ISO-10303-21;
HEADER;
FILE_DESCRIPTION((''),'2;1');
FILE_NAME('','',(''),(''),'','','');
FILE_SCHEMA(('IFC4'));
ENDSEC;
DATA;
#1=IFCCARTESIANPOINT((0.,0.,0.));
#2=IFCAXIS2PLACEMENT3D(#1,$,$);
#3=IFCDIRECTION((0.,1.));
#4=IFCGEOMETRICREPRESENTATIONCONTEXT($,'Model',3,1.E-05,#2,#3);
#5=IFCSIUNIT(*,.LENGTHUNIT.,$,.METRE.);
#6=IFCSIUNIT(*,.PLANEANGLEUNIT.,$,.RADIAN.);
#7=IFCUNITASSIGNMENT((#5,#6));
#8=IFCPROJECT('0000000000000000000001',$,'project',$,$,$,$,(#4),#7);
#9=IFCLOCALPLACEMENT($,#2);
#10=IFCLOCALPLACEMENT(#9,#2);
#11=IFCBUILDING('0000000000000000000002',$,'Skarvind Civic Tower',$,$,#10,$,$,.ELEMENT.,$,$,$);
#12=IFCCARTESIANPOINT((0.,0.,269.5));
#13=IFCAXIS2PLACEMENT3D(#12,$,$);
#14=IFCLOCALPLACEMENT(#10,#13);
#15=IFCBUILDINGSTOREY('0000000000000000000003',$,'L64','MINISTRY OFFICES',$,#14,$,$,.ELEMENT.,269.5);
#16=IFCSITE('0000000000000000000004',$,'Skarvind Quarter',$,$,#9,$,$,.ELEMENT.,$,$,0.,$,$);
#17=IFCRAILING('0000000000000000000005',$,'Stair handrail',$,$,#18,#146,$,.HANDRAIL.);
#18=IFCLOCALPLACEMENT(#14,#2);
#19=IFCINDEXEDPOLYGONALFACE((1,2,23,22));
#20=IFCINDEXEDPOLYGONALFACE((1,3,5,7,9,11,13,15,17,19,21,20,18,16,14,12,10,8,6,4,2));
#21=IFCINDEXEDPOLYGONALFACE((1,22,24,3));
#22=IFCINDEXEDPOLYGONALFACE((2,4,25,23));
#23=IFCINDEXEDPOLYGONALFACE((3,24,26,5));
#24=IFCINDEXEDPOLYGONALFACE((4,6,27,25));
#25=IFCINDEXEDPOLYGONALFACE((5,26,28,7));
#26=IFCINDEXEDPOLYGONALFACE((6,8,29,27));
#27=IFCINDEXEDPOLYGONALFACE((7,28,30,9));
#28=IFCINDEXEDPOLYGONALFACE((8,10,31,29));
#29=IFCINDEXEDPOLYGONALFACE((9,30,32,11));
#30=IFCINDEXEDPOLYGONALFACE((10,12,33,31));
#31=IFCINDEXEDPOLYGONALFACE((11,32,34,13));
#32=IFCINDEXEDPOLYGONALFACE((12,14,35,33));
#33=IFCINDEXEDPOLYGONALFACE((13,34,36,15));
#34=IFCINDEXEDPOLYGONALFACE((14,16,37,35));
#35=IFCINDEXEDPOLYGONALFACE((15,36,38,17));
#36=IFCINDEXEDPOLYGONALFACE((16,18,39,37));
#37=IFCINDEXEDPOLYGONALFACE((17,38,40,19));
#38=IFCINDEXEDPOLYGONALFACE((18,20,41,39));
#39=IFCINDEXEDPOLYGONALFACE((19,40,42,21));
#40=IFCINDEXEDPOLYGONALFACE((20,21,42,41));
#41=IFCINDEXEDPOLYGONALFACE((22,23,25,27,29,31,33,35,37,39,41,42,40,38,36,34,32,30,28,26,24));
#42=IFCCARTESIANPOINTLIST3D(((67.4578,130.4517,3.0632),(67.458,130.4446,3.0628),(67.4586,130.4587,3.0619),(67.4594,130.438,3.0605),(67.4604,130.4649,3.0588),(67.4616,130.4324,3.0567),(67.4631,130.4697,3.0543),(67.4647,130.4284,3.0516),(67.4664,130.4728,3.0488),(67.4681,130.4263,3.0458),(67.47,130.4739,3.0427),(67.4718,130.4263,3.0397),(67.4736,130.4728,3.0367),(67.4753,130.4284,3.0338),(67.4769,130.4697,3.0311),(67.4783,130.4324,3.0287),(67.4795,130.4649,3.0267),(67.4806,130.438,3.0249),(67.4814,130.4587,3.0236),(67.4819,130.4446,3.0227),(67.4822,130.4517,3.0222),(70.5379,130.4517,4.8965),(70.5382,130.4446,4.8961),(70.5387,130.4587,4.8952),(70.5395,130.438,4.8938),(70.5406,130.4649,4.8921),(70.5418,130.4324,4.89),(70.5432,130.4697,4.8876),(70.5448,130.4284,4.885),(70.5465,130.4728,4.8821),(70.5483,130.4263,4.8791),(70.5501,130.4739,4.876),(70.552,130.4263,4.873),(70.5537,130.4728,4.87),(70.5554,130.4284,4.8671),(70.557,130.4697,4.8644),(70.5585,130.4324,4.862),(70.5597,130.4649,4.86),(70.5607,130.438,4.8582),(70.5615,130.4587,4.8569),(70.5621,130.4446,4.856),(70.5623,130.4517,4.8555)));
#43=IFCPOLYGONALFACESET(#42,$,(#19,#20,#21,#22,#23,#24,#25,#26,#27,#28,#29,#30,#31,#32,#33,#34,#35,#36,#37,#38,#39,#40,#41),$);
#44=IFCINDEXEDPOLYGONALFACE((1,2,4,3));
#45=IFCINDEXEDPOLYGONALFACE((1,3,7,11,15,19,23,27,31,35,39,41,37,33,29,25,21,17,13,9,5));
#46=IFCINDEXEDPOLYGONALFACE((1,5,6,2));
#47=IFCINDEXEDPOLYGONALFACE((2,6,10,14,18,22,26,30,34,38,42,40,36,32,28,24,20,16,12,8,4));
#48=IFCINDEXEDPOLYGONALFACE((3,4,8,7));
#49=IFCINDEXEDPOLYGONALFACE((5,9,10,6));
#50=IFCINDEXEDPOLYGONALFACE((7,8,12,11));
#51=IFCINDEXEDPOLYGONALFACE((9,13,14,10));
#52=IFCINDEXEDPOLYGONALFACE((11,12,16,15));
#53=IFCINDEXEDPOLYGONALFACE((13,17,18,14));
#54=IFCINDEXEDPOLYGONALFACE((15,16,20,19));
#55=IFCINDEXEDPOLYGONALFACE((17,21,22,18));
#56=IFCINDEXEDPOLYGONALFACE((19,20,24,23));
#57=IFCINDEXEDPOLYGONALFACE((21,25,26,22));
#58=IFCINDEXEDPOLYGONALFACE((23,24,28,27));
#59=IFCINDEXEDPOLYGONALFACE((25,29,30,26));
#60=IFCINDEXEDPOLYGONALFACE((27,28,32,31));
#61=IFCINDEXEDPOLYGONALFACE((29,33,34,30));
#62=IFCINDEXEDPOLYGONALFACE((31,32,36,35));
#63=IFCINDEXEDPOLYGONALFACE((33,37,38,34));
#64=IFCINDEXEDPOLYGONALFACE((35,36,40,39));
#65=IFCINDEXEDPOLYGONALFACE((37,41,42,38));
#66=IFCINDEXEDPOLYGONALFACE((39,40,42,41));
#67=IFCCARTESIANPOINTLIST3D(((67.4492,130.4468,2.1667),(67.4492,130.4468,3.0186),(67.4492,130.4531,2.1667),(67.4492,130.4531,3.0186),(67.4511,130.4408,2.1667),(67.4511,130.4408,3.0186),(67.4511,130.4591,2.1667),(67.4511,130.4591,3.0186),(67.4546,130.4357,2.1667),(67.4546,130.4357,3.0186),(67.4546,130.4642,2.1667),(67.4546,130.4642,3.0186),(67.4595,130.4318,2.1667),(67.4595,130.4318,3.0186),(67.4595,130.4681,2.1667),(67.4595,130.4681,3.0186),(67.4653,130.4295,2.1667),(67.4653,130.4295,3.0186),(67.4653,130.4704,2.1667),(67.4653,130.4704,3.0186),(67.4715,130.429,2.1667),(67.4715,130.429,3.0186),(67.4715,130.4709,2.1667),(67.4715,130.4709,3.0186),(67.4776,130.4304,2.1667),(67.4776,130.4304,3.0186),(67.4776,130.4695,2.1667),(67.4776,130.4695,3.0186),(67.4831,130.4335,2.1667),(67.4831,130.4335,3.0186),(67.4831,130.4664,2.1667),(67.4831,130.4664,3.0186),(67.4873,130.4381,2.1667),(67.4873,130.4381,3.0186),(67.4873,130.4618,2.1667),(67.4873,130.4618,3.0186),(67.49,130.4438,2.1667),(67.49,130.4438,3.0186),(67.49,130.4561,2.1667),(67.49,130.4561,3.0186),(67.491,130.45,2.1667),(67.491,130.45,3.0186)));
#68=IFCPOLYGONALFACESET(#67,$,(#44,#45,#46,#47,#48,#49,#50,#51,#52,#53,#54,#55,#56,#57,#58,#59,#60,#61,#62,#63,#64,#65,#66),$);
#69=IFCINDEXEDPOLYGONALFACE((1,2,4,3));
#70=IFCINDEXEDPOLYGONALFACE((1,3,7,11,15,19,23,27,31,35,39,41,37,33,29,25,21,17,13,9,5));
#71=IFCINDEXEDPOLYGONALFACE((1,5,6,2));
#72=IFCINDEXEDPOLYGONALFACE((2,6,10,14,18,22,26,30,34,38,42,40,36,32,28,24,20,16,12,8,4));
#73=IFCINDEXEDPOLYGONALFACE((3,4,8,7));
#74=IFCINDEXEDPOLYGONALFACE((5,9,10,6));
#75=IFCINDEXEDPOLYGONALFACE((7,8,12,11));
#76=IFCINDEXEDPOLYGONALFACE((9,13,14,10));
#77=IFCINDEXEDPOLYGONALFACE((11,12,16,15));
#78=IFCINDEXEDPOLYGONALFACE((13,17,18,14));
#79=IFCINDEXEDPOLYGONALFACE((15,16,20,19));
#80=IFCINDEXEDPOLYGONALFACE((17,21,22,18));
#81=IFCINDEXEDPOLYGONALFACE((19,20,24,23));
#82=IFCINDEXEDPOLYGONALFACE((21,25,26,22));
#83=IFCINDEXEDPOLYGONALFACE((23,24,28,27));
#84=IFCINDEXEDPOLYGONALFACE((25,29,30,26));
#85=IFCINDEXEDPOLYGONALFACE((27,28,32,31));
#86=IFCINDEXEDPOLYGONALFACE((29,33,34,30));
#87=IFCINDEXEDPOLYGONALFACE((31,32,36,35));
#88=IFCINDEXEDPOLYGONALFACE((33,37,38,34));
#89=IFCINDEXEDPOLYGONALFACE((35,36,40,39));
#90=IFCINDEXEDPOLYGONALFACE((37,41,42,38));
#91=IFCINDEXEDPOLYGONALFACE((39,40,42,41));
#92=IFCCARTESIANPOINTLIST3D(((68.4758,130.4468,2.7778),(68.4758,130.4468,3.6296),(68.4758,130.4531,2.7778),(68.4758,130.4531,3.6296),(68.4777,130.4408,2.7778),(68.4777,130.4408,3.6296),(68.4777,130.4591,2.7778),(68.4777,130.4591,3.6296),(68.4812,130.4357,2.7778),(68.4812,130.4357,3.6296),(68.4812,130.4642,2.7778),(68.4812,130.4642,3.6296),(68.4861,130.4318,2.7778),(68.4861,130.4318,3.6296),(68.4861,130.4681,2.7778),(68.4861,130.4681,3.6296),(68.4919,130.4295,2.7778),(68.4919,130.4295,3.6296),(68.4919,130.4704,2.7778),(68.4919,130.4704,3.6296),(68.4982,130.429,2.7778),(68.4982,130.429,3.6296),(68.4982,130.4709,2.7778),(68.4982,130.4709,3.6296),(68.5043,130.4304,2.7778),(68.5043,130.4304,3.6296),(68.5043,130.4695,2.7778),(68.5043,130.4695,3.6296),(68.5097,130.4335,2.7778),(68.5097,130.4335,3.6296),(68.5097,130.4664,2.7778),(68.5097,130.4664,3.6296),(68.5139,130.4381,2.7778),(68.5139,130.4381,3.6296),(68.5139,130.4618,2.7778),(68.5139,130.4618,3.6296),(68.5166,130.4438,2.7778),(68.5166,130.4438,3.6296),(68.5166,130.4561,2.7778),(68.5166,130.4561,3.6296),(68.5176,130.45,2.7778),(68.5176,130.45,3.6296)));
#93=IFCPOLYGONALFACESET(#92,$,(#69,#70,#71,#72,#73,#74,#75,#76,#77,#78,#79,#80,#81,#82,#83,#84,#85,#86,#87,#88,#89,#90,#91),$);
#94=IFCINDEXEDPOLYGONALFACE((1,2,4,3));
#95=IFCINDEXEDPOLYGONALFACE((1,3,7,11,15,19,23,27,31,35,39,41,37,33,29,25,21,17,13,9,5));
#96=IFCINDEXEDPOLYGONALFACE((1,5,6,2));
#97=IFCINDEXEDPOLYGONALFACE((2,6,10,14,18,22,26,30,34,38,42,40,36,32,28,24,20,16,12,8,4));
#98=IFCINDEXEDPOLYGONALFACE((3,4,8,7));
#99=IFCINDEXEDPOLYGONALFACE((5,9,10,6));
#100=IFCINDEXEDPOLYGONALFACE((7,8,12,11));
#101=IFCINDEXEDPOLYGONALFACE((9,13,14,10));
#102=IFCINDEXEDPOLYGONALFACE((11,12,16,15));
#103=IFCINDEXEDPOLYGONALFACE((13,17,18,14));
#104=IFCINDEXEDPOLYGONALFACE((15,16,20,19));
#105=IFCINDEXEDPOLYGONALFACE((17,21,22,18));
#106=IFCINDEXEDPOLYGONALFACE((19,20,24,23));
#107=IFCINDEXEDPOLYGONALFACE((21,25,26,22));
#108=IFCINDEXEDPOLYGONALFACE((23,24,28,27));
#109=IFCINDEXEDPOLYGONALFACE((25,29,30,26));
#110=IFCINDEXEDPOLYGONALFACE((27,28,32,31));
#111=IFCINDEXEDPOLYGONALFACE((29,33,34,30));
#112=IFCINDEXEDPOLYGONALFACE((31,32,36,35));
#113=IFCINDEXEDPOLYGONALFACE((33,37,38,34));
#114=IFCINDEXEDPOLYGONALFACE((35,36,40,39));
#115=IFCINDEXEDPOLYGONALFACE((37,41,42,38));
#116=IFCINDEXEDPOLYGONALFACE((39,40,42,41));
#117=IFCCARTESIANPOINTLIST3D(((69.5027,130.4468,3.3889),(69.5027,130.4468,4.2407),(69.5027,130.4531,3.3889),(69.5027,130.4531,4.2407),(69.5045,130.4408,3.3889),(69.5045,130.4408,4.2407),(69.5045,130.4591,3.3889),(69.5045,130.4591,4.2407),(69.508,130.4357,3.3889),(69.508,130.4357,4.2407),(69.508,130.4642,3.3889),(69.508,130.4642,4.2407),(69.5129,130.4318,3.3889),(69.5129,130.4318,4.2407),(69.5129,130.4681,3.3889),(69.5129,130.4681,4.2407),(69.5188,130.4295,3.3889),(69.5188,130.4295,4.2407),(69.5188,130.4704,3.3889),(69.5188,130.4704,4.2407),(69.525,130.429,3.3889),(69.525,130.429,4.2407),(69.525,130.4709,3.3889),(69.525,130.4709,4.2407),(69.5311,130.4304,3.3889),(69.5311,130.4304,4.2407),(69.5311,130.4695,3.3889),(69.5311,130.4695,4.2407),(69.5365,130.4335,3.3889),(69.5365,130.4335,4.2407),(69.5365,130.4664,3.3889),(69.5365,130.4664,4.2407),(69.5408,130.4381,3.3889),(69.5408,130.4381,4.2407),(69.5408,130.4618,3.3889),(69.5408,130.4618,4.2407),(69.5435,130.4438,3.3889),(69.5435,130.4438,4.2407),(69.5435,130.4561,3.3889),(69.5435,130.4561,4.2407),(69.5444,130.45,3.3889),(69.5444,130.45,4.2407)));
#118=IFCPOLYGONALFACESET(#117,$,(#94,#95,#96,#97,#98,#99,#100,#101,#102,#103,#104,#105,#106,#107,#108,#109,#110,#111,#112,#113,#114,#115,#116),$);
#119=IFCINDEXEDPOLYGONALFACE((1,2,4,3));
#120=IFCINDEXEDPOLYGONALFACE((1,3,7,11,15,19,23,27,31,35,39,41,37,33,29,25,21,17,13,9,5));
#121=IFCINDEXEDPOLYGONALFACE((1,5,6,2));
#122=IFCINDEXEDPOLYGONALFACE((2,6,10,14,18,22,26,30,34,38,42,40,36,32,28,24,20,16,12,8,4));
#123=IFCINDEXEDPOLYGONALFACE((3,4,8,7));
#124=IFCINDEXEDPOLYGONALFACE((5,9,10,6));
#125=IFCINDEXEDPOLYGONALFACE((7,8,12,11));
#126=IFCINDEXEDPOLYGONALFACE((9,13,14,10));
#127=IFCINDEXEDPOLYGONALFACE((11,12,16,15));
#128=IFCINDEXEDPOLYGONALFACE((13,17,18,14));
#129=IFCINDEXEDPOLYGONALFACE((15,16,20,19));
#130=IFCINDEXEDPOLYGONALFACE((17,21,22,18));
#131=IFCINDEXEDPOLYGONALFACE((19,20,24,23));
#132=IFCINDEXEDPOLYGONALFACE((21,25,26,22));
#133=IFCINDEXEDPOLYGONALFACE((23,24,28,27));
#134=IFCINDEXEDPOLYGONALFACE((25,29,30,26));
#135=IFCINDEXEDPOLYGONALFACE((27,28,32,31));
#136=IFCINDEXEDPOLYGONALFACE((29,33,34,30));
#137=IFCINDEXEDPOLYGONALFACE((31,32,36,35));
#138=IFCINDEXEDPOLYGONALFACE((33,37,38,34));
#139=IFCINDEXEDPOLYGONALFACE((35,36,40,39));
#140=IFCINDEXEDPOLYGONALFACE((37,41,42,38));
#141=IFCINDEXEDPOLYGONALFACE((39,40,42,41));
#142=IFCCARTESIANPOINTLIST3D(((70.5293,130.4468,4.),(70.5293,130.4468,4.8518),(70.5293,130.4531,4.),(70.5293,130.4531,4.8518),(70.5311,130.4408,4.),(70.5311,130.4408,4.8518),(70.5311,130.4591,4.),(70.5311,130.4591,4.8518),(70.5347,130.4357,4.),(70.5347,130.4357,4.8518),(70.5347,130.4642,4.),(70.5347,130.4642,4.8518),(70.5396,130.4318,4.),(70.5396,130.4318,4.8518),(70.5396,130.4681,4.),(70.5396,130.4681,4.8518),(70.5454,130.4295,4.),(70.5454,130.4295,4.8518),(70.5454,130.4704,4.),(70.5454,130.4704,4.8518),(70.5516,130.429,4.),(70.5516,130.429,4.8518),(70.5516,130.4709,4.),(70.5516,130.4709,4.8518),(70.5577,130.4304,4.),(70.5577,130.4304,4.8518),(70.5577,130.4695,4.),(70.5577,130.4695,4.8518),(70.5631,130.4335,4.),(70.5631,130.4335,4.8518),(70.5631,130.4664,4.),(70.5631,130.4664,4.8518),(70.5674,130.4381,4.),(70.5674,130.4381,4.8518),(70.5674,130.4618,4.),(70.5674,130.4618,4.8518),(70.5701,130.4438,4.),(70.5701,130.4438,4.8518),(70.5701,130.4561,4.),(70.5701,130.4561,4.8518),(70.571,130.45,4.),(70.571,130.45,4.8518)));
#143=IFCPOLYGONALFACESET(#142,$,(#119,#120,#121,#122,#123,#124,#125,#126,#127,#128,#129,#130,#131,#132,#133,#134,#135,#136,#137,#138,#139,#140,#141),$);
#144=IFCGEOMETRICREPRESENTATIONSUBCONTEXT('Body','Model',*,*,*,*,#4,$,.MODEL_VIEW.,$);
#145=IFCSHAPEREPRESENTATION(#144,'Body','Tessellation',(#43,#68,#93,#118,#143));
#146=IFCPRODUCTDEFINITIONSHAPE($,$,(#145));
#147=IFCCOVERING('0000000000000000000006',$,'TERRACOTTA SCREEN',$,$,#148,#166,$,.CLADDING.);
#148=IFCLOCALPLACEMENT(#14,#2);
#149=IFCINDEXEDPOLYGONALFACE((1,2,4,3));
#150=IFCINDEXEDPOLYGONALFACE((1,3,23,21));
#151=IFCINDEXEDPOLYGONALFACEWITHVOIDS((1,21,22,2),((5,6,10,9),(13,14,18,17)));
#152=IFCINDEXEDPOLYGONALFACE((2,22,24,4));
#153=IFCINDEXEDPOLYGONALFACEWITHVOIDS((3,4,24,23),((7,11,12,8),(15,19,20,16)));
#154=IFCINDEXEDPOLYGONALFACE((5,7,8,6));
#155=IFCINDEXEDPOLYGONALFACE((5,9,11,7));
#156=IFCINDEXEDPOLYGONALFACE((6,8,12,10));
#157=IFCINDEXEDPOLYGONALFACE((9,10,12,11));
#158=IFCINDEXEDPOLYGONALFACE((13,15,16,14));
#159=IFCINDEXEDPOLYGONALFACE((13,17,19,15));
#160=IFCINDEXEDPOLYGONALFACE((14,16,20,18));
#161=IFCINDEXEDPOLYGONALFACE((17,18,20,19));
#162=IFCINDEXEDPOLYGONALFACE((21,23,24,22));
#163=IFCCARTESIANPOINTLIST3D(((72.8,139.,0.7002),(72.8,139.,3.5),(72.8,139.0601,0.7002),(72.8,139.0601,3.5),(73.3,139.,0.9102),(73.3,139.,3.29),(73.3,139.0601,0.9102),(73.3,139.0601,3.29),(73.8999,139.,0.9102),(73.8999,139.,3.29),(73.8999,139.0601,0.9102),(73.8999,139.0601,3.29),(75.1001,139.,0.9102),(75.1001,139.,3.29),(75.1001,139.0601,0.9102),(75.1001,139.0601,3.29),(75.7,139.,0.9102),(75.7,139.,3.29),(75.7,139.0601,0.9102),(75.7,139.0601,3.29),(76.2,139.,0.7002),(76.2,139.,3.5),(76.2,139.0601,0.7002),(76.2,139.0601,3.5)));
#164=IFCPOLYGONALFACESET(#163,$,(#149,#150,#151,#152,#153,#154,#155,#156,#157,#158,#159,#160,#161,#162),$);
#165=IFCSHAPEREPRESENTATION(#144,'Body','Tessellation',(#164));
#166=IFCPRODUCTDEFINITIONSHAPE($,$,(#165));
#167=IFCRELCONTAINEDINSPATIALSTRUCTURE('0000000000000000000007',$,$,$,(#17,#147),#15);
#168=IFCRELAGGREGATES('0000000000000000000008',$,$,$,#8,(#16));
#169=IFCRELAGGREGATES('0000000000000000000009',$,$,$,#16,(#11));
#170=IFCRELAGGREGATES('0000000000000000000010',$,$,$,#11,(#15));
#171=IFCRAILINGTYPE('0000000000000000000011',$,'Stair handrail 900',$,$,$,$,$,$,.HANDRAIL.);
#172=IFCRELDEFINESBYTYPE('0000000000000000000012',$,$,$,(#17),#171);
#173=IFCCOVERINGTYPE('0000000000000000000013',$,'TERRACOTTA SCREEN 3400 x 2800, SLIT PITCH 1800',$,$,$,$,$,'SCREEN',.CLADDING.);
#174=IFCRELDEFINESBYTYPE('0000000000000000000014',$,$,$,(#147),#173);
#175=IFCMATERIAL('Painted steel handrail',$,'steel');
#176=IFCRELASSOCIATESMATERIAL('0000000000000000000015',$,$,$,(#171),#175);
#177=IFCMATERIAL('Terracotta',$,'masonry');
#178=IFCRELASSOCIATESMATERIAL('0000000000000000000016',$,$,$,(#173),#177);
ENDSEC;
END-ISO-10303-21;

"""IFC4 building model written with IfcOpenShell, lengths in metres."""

from ifc_helpers import new_model, si_unit, direction, frame, origin, origin_2d, place, context, subcontext, project, spatial, polyline, circle, outline, extrude, material, material_profile, profile_set, type_object, element, save


model = new_model("IFC4")

# Units and contexts
model_context = context("Model", 3, precision=1e-05, world=origin(), true_north=direction((0.0, 1.0)))
body_context = subcontext(model_context, "Body", "Model", "MODEL_VIEW")
ifc_project = project(units=[si_unit("LENGTHUNIT", "METRE"), si_unit("PLANEANGLEUNIT", "RADIAN")], contexts=[model_context])

# Site, building, storey
site_placement = place(None, origin())
site = spatial("IfcSite", under=ifc_project, at=site_placement, Name="Skarvind Quarter", CompositionType="ELEMENT", RefElevation=0.0)
building_placement = place(site_placement, origin())
building = spatial("IfcBuilding", under=site, at=building_placement, Name="Skarvind Civic Tower", CompositionType="ELEMENT")
storey_placement = place(building_placement, frame((0.0, 0.0, 269.5)))
storey = spatial("IfcBuildingStorey", under=building, at=storey_placement, Name="L64", Description="MINISTRY OFFICES", CompositionType="ELEMENT", Elevation=269.5)

# Railing
ifc_material_1 = material(Name="Painted steel handrail", Category="steel")
railing_type = type_object("IfcRailingType", Name="Stair handrail 900", PredefinedType="HANDRAIL", material=ifc_material_1)
railing_1_placement = place(storey_placement, frame((67.47, 130.45, 2.1667)))
element("IfcRailing", 1, at=railing_1_placement, inside=storey, type_object=railing_type, Name="Stair handrail", PredefinedType="HANDRAIL", context=body_context, shape_type="SweptSolid", body=[
    extrude(circle(Radius=0.0239, at=origin_2d()), frame((0.0, 0.0, 0.876), z_axis=(0.859309, 0.0, 0.511458), x_axis=(0.0, 1.0, 0.0)), (0.0, 0.0, 1.0), 3.5845),
    extrude(circle(Radius=0.021, at=origin_2d()), origin(), (0.0, 0.0, 1.0), 0.8518),
    extrude(circle(Radius=0.021, at=origin_2d()), frame((1.0266, 0.0, 0.6111)), (0.0, 0.0, 1.0), 0.8518),
    extrude(circle(Radius=0.021, at=origin_2d()), frame((2.0535, 0.0, 1.2222)), (0.0, 0.0, 1.0), 0.8518),
    extrude(circle(Radius=0.021, at=origin_2d()), frame((3.0801, 0.0, 1.8333)), (0.0, 0.0, 1.0), 0.8518),
])

# Covering
ifc_material_2 = material(Name="Terracotta", Category="masonry")
ifc_material_profile_1 = material_profile(ifc_material_2, outline(polyline([(-1.7, -1.3999), (1.7, -1.3999), (1.7, 1.3999), (-1.7, 1.3999), (-1.7, -1.3999)]), holes=[polyline([(-1.2, -1.1899), (-0.6001, -1.1899), (-0.6001, 1.1899), (-1.2, 1.1899), (-1.2, -1.1899)]), polyline([(0.6001, -1.1899), (1.2, -1.1899), (1.2, 1.1899), (0.6001, 1.1899), (0.6001, -1.1899)])]), Name="TERRACOTTA SCREEN 3400 x 2800, SLIT PITCH 1800")
ifc_profile_set_1 = profile_set([ifc_material_profile_1], Name="Terracotta")
covering_type = type_object("IfcCoveringType", Name="TERRACOTTA SCREEN 3400 x 2800, SLIT PITCH 1800", ElementType="SCREEN", PredefinedType="CLADDING", material=ifc_profile_set_1)
covering_placement = place(storey_placement, frame((74.5, 139.0, 2.1001), z_axis=(0.0, 1.0, 0.0), x_axis=(-1.0, 0.0, 0.0)))
element("IfcCovering", 2, at=covering_placement, inside=storey, type_object=covering_type, Name="TERRACOTTA SCREEN", PredefinedType="CLADDING", context=body_context, shape_type="SweptSolid", body=[
    extrude(outline(polyline([(-1.7, -1.3999), (1.7, -1.3999), (1.7, 1.3999), (-1.7, 1.3999), (-1.7, -1.3999)]), holes=[polyline([(-1.2, -1.1899), (-0.6001, -1.1899), (-0.6001, 1.1899), (-1.2, 1.1899), (-1.2, -1.1899)]), polyline([(0.6001, -1.1899), (1.2, -1.1899), (1.2, 1.1899), (0.6001, 1.1899), (0.6001, -1.1899)])]), origin(), (0.0, 0.0, 1.0), 0.0601),
])

save(model, "model.ifc")
